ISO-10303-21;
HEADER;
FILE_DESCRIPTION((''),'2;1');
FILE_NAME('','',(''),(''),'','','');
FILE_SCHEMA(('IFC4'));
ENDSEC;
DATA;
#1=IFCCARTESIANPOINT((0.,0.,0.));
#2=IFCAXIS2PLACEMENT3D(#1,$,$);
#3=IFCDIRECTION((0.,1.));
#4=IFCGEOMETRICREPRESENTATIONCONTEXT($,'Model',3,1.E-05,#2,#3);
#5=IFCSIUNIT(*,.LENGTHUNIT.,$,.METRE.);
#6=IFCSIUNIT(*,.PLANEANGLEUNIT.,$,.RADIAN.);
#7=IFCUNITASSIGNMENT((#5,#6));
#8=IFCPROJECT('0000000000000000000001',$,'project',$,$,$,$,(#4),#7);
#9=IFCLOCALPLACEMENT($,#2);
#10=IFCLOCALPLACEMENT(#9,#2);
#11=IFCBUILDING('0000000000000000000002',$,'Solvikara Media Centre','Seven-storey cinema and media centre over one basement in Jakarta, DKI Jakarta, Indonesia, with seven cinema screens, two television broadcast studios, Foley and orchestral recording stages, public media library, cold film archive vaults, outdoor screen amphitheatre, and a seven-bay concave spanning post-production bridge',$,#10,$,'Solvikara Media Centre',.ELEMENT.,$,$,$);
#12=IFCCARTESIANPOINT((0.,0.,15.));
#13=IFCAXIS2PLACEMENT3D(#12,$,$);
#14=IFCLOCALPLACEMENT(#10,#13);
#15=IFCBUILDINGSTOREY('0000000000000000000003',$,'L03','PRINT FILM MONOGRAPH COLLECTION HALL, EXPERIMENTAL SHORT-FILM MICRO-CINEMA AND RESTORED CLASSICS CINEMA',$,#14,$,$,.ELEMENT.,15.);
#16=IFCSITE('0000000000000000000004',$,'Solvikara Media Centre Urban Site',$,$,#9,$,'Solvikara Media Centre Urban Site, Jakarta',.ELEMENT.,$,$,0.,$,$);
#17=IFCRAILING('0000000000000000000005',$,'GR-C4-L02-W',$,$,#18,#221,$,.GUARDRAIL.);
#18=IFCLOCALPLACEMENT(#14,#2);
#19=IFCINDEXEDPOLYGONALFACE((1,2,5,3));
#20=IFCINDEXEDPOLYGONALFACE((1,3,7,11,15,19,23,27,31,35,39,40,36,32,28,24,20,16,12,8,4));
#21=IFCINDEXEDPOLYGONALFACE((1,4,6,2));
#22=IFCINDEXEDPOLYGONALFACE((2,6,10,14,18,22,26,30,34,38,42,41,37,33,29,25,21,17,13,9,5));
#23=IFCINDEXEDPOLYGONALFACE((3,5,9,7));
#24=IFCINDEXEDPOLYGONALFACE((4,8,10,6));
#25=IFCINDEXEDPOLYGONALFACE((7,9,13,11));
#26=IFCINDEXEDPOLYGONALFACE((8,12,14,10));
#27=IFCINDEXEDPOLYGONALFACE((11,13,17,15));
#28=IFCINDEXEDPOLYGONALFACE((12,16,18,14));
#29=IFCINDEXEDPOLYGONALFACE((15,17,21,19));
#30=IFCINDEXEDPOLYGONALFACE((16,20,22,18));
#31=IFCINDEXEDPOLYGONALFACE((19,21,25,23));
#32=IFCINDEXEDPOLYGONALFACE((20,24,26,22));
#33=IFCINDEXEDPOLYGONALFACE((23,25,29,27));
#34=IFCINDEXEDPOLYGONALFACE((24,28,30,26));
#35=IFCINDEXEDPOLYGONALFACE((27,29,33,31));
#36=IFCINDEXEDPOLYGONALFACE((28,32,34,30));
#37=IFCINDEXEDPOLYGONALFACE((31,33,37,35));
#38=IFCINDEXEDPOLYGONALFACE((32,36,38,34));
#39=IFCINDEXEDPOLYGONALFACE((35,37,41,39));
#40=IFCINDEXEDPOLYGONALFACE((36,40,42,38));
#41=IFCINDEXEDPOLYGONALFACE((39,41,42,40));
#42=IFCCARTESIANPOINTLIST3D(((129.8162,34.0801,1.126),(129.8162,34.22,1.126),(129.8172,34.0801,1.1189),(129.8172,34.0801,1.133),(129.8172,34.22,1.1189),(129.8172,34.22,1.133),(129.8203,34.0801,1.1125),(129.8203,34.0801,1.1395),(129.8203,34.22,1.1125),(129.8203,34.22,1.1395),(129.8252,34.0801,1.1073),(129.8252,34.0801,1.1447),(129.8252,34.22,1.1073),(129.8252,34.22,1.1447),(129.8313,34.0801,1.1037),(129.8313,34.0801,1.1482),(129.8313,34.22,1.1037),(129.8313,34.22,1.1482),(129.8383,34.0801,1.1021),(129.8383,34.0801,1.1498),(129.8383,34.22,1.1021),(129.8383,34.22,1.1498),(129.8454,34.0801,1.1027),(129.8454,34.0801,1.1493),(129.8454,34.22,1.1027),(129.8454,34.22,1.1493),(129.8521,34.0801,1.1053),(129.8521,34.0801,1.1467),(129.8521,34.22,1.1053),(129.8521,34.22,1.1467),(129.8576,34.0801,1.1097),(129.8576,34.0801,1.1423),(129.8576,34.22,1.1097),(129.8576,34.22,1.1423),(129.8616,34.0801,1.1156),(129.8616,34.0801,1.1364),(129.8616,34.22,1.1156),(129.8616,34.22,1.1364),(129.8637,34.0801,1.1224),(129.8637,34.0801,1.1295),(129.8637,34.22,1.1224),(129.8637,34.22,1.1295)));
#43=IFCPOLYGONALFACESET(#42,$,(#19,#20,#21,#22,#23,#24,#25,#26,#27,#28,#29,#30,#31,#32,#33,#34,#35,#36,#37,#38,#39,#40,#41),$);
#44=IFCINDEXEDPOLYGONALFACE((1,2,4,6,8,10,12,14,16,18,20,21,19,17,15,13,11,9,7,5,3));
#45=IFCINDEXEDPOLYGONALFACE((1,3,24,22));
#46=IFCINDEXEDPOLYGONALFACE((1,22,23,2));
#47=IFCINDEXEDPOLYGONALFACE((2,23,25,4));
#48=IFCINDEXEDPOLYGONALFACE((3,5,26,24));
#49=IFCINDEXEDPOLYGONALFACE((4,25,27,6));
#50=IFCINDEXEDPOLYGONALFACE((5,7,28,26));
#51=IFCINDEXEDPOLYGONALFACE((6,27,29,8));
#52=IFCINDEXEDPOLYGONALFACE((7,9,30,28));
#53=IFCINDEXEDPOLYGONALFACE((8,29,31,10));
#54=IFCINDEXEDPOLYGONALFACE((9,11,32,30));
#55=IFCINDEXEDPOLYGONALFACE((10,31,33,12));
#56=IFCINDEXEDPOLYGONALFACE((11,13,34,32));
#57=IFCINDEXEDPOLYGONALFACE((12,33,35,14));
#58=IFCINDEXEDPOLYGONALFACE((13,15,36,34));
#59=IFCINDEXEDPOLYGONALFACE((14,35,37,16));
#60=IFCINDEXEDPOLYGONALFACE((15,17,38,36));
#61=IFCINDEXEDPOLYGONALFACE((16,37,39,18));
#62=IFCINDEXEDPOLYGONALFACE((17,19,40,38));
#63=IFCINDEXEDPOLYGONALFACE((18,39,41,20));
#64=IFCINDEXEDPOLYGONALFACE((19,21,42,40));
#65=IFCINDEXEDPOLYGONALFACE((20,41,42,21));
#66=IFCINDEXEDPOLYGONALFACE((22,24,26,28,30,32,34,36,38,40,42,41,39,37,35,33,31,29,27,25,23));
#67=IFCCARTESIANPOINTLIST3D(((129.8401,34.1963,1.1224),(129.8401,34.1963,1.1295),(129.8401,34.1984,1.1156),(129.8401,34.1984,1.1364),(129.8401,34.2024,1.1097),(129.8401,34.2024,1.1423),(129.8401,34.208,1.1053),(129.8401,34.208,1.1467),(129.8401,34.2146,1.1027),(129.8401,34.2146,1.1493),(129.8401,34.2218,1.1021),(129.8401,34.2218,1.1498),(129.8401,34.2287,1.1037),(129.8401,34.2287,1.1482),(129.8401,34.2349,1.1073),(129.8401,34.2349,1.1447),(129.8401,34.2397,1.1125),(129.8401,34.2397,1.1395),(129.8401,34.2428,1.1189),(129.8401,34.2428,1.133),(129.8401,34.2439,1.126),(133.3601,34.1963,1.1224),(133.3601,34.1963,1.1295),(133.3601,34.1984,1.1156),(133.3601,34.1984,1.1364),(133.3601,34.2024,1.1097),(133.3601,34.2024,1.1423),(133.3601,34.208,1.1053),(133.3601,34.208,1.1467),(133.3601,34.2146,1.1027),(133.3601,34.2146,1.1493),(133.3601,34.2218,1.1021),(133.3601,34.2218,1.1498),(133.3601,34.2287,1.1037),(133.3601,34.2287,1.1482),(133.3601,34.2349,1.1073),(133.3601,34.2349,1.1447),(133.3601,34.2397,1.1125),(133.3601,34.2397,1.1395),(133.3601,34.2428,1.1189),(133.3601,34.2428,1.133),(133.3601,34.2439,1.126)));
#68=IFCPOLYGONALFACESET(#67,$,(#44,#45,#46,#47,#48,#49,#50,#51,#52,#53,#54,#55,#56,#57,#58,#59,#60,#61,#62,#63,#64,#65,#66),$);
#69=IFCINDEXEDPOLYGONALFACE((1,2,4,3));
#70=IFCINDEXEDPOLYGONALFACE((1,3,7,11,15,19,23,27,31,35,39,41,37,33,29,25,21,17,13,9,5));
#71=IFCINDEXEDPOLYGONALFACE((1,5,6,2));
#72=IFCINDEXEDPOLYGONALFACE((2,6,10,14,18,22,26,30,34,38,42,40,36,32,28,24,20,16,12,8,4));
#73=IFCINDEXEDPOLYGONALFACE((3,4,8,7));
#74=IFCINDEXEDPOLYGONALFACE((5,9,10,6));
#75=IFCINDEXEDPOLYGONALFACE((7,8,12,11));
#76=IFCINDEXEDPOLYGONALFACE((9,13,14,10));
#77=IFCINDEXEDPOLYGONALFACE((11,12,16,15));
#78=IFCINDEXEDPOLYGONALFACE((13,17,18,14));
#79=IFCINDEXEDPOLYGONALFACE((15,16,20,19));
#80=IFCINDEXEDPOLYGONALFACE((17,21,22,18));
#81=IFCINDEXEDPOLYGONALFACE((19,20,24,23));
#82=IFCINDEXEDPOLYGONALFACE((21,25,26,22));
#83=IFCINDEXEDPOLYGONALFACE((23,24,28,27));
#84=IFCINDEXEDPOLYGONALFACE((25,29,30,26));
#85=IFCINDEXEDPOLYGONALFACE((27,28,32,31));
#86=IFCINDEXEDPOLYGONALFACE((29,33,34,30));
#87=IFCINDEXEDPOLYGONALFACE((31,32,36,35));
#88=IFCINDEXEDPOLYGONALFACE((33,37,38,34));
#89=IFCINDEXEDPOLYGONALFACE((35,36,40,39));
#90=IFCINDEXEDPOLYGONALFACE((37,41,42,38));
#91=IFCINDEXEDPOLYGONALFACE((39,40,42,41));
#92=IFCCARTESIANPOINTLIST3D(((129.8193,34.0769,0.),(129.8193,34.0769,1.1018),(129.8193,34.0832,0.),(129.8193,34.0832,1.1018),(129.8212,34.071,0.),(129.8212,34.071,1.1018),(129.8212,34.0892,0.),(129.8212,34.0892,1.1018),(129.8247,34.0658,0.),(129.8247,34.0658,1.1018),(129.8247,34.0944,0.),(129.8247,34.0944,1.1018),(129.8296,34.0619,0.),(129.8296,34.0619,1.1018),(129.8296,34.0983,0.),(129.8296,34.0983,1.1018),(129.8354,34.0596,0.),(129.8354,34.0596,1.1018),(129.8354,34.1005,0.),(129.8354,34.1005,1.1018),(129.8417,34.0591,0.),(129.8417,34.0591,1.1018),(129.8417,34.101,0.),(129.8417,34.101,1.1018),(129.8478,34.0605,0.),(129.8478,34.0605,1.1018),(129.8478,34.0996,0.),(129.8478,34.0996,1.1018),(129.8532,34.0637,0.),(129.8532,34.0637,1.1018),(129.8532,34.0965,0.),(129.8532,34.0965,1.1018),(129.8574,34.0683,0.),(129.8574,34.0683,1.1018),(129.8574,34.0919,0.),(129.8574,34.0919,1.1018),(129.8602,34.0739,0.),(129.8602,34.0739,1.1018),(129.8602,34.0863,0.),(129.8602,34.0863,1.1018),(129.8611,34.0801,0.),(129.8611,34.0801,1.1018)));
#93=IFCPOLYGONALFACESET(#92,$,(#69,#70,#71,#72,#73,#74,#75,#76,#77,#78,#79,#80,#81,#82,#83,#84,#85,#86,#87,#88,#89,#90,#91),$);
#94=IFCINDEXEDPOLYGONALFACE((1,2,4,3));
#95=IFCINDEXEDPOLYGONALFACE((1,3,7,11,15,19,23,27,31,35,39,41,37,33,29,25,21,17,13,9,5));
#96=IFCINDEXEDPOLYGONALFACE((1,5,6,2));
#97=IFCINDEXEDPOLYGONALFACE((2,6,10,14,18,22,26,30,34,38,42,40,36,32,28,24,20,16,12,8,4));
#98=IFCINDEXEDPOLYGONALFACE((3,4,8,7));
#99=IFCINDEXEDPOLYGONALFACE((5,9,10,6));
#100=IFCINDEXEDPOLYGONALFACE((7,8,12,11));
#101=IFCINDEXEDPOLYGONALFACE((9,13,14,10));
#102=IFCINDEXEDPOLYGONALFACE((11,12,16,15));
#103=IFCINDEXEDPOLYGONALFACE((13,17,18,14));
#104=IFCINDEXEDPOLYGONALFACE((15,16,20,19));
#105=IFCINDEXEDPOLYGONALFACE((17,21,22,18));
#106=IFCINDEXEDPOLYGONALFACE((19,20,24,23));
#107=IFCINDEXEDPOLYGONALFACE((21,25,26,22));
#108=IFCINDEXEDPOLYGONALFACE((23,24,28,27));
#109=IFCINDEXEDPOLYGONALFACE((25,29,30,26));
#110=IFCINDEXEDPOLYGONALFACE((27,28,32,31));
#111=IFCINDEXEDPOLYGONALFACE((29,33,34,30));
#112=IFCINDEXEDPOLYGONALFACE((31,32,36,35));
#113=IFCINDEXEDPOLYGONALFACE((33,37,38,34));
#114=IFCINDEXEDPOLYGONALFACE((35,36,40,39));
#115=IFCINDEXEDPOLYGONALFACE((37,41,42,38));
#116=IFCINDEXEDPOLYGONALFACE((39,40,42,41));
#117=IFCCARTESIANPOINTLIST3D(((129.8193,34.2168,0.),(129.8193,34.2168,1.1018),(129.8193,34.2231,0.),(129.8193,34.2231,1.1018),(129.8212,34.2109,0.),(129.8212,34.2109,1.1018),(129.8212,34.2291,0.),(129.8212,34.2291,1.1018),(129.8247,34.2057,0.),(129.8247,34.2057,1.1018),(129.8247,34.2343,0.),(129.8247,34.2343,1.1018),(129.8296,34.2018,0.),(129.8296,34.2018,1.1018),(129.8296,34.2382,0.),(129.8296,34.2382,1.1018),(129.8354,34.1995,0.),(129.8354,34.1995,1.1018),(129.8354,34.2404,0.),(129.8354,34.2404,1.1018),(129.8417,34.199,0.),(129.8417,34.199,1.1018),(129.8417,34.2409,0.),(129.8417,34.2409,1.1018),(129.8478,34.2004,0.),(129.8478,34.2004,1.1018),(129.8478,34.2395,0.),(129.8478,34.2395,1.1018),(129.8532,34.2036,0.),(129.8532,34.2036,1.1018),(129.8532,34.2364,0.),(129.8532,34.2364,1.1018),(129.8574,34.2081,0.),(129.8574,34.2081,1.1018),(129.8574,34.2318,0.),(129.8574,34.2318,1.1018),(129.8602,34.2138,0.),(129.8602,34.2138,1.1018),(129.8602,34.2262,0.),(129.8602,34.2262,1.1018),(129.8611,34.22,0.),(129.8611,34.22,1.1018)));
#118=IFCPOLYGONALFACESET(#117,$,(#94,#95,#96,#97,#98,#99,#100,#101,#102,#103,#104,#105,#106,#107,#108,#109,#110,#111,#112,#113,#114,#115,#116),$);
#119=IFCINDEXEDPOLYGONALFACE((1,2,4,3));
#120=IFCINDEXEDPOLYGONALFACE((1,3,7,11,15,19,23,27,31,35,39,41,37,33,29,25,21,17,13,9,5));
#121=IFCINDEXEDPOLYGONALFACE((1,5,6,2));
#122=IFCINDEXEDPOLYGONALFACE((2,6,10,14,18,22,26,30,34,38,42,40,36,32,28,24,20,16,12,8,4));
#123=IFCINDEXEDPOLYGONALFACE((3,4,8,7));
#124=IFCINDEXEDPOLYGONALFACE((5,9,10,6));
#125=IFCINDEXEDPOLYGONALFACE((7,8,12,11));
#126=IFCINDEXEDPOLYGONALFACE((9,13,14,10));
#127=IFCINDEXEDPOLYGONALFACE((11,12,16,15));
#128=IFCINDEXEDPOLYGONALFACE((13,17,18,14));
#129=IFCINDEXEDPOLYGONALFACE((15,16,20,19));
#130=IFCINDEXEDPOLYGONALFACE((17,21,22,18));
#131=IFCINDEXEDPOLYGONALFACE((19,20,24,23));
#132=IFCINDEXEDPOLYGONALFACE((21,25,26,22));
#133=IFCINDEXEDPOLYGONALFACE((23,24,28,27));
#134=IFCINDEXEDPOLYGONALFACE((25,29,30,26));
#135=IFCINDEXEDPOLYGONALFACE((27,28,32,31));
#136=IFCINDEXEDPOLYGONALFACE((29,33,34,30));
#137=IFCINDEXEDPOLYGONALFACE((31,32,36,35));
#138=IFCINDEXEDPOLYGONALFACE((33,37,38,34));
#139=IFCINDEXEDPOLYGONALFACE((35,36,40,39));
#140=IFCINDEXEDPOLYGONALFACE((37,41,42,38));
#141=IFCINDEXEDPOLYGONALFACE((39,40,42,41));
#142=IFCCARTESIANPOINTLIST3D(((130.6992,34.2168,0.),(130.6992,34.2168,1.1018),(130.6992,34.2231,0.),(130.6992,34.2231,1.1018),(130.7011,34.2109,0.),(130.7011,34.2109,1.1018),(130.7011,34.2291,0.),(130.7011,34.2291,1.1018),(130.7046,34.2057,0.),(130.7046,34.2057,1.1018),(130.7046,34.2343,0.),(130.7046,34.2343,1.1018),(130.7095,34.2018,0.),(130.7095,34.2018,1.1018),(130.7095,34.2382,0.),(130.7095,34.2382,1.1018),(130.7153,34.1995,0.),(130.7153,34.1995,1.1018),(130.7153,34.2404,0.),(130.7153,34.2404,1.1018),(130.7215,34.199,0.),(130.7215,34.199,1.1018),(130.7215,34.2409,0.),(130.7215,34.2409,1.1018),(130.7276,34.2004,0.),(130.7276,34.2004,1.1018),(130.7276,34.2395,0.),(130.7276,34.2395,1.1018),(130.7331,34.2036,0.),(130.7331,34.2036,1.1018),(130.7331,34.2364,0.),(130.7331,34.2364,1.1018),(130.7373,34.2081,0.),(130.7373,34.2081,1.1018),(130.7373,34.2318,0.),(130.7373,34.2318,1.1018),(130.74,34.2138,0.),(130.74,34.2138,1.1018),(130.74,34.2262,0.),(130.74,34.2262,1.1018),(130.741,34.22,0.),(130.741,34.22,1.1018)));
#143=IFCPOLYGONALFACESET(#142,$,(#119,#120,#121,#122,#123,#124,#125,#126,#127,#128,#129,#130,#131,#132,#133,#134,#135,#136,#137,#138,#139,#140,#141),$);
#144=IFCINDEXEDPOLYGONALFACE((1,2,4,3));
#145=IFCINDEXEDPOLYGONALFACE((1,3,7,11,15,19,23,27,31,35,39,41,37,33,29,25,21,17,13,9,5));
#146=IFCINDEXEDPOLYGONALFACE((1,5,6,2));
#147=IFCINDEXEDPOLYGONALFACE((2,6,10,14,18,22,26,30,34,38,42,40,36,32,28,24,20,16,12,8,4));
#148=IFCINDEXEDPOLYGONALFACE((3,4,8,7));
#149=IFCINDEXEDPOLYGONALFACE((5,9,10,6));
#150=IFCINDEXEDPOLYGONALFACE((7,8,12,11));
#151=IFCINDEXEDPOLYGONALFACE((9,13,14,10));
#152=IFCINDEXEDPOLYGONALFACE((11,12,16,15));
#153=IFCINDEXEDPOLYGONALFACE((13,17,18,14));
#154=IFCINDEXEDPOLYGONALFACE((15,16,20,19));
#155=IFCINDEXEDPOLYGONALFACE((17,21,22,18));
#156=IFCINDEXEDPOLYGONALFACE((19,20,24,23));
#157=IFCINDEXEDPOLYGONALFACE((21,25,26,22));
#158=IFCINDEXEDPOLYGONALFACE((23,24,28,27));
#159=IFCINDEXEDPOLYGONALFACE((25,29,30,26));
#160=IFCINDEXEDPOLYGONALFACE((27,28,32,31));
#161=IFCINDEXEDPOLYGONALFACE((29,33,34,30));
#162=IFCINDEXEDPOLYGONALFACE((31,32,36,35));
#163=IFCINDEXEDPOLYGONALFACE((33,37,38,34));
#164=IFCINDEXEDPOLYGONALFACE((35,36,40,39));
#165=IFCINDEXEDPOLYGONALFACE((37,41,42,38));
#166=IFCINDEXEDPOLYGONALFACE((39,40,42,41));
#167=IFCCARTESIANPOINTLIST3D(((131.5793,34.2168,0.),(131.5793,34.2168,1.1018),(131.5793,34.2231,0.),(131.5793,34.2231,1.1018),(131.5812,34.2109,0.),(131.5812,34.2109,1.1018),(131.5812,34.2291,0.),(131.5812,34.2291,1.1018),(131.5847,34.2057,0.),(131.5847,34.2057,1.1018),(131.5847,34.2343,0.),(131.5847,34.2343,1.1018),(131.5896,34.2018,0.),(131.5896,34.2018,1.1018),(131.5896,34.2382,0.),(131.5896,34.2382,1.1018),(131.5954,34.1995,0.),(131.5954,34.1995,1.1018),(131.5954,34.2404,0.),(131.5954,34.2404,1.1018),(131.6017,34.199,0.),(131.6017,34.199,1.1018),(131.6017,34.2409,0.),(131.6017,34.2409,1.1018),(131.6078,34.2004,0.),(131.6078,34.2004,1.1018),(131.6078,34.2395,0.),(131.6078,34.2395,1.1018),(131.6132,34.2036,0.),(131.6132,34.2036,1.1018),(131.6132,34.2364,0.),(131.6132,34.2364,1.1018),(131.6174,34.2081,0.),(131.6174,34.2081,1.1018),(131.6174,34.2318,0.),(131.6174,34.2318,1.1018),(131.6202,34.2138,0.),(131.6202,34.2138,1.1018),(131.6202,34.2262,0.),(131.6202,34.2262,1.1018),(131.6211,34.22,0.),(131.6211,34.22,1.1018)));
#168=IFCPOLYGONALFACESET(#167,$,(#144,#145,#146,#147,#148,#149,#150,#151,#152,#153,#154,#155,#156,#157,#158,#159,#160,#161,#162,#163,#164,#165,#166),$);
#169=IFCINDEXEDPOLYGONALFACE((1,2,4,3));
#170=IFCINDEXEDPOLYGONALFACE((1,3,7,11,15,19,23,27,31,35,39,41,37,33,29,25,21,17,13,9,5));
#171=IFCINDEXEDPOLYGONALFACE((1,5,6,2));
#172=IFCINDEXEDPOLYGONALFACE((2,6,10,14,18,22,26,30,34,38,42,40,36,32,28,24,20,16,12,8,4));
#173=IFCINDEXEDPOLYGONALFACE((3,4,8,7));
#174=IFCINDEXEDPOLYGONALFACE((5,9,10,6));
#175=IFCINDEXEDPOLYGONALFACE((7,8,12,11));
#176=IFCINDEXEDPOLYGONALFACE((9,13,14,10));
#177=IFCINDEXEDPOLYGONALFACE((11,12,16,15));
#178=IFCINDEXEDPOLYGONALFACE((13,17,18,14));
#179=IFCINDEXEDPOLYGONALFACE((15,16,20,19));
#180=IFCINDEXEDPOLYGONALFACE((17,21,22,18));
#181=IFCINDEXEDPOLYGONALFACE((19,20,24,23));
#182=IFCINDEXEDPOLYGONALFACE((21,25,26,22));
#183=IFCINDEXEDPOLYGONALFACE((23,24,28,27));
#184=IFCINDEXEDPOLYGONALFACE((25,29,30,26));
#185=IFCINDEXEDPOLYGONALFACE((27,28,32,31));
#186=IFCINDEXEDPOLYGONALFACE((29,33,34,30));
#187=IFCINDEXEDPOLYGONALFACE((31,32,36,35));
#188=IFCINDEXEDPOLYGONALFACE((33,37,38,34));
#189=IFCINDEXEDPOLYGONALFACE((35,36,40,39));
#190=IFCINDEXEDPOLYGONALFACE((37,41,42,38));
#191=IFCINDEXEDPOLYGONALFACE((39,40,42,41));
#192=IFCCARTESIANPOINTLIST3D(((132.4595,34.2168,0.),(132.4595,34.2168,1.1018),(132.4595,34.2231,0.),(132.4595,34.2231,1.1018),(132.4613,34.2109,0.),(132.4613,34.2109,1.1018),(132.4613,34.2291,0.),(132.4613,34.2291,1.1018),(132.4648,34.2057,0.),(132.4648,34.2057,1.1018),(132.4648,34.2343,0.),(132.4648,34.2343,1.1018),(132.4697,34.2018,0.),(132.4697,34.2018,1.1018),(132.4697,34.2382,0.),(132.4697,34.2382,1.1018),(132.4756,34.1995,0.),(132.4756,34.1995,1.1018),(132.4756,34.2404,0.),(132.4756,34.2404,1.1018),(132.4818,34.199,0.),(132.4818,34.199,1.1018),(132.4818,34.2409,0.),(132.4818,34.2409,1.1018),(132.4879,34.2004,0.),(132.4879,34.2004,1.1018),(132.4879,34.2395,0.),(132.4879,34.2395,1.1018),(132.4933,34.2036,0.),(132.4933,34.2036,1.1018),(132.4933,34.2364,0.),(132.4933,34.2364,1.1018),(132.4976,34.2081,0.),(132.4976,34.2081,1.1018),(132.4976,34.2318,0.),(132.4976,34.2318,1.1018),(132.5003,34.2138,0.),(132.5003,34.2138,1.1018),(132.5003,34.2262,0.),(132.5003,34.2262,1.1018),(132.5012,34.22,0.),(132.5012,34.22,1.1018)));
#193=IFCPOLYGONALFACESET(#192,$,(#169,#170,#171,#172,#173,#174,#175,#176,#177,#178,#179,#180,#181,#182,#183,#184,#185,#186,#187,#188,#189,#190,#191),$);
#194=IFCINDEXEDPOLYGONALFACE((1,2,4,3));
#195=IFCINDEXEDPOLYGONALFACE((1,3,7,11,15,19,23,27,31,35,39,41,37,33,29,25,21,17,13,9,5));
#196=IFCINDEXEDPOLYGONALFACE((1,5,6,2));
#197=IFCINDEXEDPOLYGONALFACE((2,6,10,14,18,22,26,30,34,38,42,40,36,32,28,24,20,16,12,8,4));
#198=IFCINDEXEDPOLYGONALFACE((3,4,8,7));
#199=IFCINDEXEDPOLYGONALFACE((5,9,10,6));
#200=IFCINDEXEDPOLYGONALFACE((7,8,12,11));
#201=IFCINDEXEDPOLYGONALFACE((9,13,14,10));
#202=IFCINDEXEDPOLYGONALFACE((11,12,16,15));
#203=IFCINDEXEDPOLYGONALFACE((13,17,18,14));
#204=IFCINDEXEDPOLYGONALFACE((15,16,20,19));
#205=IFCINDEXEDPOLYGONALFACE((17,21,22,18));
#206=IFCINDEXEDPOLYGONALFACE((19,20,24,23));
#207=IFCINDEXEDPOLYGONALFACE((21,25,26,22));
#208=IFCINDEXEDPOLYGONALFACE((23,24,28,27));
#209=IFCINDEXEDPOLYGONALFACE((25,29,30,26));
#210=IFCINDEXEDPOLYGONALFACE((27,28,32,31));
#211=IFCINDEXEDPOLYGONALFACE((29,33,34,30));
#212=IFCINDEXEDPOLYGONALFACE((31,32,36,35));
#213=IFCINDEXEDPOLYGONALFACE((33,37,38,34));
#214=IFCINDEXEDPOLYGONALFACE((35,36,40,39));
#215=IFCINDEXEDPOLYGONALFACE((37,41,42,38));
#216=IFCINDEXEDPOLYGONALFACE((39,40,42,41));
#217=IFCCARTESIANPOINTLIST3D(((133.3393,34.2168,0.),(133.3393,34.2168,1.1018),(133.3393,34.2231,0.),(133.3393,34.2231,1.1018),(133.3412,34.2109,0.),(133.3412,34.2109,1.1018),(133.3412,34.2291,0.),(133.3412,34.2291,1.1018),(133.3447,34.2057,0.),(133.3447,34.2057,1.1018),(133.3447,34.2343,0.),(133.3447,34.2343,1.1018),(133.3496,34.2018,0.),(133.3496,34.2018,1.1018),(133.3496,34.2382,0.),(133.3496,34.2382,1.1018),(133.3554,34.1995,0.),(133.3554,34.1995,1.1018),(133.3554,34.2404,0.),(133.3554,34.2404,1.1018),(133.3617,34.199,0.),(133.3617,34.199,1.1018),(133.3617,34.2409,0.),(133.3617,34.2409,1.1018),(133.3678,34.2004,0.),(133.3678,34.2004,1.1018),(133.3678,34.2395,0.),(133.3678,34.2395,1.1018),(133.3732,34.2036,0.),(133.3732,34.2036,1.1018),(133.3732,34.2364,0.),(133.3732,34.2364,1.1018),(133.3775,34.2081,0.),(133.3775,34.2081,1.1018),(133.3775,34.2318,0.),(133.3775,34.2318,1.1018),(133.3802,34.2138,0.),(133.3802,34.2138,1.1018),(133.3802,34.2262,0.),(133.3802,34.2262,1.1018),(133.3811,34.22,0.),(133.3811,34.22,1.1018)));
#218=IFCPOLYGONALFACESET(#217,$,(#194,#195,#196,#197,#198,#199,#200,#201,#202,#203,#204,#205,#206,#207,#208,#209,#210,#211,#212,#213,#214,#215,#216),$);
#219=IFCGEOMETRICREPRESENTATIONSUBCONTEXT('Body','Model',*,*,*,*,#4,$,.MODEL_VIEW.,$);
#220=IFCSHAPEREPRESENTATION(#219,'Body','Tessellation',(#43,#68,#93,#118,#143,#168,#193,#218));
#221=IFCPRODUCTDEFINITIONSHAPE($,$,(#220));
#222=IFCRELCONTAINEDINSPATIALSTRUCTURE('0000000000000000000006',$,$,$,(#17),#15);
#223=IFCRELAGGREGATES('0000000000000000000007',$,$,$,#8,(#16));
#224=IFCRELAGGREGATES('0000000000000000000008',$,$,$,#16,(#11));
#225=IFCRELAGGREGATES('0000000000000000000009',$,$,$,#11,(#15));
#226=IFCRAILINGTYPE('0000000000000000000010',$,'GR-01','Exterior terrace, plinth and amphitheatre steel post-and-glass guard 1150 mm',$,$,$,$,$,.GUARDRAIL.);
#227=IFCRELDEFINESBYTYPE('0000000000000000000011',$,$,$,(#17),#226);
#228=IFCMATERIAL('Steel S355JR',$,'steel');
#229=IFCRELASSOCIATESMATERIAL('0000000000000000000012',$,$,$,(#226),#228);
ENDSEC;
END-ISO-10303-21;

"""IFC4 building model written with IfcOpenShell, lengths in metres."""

from ifc_helpers import new_model, si_unit, direction, frame, origin, origin_2d, place, context, subcontext, project, spatial, circle, extrude, material, type_object, element, save


model = new_model("IFC4")

# Units and contexts
model_context = context("Model", 3, precision=1e-05, world=origin(), true_north=direction((0.0, 1.0)))
body_context = subcontext(model_context, "Body", "Model", "MODEL_VIEW")
ifc_project = project(units=[si_unit("LENGTHUNIT", "METRE"), si_unit("PLANEANGLEUNIT", "RADIAN")], contexts=[model_context])

# Site, building, storey
site_placement = place(None, origin())
site = spatial("IfcSite", under=ifc_project, at=site_placement, Name="Solvikara Media Centre Urban Site", LongName="Solvikara Media Centre Urban Site, Jakarta", CompositionType="ELEMENT", RefElevation=0.0)
building_placement = place(site_placement, origin())
building = spatial("IfcBuilding", under=site, at=building_placement, Name="Solvikara Media Centre", Description="Seven-storey cinema and media centre over one basement in Jakarta, DKI Jakarta, Indonesia, with seven cinema screens, two television broadcast studios, Foley and orchestral recording stages, public media library, cold film archive vaults, outdoor screen amphitheatre, and a seven-bay concave spanning post-production bridge", LongName="Solvikara Media Centre", CompositionType="ELEMENT")
storey_placement = place(building_placement, frame((0.0, 0.0, 15.0)))
storey = spatial("IfcBuildingStorey", under=building, at=storey_placement, Name="L03", Description="PRINT FILM MONOGRAPH COLLECTION HALL, EXPERIMENTAL SHORT-FILM MICRO-CINEMA AND RESTORED CLASSICS CINEMA", CompositionType="ELEMENT", Elevation=15.0)

# Shared definitions
ifc_material_1 = material(Name="Steel S355JR", Category="steel")

# Railing
railing_type_1 = type_object("IfcRailingType", Name="GR-01", Description="Exterior terrace, plinth and amphitheatre steel post-and-glass guard 1150 mm", PredefinedType="GUARDRAIL", material=ifc_material_1)
railing_1_placement = place(storey_placement, frame((129.8401, 34.0801, 0.0)))
element("IfcRailing", 1, at=railing_1_placement, inside=storey, type_object=railing_type_1, Name="GR-C4-L02-W", PredefinedType="GUARDRAIL", context=body_context, shape_type="SweptSolid", body=[
    extrude(circle(Radius=0.0239, at=origin_2d()), frame((0.0, 0.0, 1.126), z_axis=(0.0, 1.0, 0.0), x_axis=(-1.0, 0.0, 0.0)), (0.0, 0.0, 1.0), 0.1399),
    extrude(circle(Radius=0.0239, at=origin_2d()), frame((0.0, 0.1399, 1.126), z_axis=(1.0, 0.0, 0.0), x_axis=(0.0, 1.0, 0.0)), (0.0, 0.0, 1.0), 3.52),
    extrude(circle(Radius=0.021, at=origin_2d()), origin(), (0.0, 0.0, 1.0), 1.1018),
    extrude(circle(Radius=0.021, at=origin_2d()), frame((0.0, 0.1399, 0.0)), (0.0, 0.0, 1.0), 1.1018),
    extrude(circle(Radius=0.021, at=origin_2d()), frame((0.8799, 0.1399, 0.0)), (0.0, 0.0, 1.0), 1.1018),
    extrude(circle(Radius=0.021, at=origin_2d()), frame((1.76, 0.1399, 0.0)), (0.0, 0.0, 1.0), 1.1018),
    extrude(circle(Radius=0.021, at=origin_2d()), frame((2.6401, 0.1399, 0.0)), (0.0, 0.0, 1.0), 1.1018),
    extrude(circle(Radius=0.021, at=origin_2d()), frame((3.52, 0.1399, 0.0)), (0.0, 0.0, 1.0), 1.1018),
])

save(model, "model.ifc")
